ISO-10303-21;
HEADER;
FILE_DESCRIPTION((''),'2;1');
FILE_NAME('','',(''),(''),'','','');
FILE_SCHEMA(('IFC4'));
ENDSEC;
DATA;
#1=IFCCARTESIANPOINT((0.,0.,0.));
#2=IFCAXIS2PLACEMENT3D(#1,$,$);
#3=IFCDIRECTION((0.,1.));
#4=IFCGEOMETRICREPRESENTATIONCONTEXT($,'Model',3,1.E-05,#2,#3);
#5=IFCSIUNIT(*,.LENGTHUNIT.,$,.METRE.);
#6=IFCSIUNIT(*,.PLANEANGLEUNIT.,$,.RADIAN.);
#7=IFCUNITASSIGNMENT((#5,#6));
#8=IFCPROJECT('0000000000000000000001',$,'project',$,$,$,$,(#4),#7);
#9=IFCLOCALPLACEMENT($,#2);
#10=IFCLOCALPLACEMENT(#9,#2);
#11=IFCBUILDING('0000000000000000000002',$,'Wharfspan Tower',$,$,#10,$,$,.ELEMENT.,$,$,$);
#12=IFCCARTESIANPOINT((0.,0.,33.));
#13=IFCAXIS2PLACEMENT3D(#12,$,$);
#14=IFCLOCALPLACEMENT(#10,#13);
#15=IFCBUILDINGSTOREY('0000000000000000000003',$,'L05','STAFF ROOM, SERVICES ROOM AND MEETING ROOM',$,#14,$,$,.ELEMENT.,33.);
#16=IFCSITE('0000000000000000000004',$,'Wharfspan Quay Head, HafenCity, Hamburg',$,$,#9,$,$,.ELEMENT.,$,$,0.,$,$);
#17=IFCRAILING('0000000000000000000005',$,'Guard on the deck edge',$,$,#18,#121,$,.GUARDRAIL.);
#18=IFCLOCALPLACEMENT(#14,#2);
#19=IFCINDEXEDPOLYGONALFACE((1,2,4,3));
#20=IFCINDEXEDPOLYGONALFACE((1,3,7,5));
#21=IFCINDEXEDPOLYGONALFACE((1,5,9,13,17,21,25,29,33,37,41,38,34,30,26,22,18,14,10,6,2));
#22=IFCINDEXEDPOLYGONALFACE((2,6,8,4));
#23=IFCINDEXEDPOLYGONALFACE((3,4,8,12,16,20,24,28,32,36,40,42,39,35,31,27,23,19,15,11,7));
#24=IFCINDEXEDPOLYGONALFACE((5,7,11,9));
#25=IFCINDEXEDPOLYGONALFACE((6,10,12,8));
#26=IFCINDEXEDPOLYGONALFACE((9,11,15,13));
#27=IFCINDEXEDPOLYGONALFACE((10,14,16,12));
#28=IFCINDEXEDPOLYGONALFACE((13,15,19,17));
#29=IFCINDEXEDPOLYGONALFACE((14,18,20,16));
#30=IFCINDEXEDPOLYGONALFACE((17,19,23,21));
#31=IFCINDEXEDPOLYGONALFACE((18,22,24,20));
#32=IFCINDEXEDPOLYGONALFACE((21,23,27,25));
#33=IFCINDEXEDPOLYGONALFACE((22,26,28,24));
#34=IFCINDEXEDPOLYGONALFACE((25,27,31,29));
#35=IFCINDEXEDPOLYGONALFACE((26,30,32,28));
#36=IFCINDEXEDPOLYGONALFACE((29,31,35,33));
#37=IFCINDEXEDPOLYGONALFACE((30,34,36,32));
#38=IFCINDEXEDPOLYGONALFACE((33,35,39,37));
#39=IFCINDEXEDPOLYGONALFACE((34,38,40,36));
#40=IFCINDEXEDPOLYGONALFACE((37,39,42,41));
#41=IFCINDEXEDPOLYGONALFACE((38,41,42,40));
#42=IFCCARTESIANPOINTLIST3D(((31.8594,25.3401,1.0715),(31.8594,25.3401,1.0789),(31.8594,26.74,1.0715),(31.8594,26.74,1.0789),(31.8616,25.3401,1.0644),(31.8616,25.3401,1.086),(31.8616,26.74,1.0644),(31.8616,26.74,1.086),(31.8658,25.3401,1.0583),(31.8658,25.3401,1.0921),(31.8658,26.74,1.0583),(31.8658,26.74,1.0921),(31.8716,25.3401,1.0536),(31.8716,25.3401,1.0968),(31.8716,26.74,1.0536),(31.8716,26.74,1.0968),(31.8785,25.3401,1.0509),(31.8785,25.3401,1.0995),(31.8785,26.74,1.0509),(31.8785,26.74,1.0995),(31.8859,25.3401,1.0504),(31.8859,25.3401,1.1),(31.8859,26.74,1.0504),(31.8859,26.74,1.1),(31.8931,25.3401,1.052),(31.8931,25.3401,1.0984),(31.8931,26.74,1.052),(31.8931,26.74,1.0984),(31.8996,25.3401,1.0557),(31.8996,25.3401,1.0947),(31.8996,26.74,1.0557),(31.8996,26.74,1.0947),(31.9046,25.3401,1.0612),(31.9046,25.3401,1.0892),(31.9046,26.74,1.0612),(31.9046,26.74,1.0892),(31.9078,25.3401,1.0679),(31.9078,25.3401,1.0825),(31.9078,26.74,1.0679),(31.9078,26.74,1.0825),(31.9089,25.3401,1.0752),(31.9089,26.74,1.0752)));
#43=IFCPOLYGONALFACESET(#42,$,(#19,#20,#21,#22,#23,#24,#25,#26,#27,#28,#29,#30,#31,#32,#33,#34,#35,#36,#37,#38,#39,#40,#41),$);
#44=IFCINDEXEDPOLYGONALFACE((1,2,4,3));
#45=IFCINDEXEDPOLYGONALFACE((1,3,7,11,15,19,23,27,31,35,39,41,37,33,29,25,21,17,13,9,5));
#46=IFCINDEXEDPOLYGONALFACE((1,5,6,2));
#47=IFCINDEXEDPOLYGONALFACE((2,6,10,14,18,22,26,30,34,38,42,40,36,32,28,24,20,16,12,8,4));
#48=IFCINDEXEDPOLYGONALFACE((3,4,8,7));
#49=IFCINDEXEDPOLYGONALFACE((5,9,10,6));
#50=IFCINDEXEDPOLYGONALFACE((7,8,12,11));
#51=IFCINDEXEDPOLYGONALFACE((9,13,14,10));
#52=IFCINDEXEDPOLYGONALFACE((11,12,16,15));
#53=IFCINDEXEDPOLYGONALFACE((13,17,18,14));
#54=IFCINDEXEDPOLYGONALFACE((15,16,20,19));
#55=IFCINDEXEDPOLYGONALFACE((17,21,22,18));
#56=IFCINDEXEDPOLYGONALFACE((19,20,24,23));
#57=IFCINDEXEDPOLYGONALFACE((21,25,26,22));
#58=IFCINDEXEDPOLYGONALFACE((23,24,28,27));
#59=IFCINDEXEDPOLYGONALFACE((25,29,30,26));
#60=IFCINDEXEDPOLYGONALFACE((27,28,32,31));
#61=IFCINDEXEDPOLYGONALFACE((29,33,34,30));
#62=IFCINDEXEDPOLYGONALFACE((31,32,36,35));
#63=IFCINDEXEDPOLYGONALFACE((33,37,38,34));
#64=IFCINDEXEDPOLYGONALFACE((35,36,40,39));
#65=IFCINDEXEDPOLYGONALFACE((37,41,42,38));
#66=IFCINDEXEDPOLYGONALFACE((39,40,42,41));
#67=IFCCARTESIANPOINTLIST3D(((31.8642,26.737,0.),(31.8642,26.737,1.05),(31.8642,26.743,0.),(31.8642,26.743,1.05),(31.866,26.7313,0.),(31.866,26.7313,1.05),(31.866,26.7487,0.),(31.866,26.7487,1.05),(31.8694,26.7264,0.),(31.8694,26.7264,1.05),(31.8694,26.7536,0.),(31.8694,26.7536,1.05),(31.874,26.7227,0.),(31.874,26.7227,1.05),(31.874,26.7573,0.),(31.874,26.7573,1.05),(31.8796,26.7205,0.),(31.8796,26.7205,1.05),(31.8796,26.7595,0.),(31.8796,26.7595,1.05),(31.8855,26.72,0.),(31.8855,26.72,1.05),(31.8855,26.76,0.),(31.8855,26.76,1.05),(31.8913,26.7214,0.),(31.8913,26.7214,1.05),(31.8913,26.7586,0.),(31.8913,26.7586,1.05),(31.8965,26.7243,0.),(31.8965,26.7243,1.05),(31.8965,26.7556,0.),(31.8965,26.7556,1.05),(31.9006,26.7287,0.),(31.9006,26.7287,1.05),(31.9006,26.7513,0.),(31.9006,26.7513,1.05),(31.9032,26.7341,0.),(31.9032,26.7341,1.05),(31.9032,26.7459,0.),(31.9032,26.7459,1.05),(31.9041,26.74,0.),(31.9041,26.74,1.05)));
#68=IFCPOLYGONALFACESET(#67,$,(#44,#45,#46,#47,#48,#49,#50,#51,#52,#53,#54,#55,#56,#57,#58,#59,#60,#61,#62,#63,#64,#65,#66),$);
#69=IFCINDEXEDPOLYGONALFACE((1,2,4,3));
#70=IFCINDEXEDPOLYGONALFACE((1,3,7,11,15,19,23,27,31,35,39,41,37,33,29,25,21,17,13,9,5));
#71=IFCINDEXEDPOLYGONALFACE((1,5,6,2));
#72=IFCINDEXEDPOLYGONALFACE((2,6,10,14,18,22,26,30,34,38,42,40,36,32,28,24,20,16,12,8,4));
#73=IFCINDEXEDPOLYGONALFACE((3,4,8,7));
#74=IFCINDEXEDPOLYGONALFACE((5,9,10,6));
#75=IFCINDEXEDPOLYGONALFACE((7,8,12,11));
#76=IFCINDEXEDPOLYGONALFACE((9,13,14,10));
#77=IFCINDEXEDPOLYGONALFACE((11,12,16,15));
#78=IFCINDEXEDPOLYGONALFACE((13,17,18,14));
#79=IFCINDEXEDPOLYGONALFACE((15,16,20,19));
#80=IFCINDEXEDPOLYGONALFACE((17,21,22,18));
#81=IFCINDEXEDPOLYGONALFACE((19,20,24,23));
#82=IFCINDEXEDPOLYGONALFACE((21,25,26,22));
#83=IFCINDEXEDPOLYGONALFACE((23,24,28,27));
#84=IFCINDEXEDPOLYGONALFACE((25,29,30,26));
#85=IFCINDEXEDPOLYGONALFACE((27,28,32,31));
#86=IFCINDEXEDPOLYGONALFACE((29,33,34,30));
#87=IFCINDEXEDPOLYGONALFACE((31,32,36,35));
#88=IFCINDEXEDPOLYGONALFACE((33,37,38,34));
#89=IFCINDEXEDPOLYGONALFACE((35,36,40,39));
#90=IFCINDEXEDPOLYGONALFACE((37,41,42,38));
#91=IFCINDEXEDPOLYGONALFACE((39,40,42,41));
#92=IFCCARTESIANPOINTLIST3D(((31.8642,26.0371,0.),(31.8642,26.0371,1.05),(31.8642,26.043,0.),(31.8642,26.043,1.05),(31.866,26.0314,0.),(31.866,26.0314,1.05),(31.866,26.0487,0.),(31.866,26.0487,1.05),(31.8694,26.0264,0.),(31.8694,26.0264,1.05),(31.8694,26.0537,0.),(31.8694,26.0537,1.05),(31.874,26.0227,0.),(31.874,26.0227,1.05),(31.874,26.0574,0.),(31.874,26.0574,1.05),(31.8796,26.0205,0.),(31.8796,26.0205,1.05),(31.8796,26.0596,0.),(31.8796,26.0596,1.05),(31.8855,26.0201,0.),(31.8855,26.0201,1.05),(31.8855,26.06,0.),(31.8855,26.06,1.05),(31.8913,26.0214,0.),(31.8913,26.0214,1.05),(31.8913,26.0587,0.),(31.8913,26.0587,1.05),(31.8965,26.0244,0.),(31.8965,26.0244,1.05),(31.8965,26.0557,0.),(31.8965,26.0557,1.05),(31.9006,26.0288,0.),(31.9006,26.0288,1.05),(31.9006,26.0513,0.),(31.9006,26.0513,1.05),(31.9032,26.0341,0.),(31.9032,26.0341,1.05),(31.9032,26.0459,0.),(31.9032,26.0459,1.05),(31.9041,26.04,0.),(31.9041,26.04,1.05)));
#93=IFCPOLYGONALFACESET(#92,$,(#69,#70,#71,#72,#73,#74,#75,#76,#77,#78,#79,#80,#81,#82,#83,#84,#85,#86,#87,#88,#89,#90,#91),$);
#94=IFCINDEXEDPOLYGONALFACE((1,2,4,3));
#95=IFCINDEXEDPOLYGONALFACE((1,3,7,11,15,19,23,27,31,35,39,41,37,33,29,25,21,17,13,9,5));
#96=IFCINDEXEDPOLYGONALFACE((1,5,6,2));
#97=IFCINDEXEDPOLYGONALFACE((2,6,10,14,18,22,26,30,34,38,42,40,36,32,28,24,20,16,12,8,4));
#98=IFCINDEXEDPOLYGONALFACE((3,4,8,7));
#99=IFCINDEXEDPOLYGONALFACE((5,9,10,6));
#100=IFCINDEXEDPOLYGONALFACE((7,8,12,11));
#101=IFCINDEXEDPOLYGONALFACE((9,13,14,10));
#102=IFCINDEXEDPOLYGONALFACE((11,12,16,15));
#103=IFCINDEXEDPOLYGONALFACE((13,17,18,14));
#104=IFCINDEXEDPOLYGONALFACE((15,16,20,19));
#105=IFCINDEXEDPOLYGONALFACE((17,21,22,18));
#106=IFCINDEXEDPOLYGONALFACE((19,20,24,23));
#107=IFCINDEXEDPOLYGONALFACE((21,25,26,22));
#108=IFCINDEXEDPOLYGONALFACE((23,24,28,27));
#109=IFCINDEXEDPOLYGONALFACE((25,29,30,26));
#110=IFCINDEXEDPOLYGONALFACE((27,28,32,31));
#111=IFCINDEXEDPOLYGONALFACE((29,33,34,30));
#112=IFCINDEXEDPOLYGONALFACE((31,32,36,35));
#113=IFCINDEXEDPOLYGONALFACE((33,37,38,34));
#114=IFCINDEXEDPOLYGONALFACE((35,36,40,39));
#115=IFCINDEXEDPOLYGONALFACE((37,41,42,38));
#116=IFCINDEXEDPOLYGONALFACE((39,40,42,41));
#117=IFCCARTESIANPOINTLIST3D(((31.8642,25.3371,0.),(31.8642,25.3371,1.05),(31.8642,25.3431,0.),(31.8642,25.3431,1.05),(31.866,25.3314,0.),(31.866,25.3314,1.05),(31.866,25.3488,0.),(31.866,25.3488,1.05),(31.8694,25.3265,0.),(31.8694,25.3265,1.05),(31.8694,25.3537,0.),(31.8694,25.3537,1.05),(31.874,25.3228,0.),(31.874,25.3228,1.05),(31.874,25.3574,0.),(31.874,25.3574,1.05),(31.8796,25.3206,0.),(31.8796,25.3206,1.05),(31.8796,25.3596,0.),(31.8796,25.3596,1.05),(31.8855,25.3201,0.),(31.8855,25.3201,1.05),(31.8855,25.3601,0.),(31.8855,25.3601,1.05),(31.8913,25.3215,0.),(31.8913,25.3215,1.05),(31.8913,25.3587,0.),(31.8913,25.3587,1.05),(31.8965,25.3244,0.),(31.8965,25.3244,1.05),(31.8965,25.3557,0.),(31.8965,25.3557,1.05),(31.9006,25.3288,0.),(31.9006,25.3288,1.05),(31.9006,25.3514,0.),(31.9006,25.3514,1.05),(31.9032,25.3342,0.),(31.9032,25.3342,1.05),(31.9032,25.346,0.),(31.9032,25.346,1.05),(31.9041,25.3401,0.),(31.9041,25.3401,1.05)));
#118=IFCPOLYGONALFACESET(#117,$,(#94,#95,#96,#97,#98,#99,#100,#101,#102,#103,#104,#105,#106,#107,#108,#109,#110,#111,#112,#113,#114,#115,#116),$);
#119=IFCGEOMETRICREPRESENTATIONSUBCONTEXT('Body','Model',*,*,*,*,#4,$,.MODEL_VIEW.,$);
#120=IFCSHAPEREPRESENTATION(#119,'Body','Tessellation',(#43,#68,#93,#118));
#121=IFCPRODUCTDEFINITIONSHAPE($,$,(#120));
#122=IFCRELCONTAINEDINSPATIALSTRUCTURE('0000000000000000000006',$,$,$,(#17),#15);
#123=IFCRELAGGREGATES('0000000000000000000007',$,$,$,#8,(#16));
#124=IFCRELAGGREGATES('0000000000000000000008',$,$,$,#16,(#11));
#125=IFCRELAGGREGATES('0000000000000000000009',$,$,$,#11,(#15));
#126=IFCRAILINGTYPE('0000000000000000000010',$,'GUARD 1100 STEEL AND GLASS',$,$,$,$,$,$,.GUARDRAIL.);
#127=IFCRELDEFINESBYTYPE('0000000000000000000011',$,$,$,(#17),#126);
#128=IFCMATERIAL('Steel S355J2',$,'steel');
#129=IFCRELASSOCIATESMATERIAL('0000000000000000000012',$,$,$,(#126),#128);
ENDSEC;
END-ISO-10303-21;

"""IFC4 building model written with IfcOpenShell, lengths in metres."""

from ifc_helpers import new_model, si_unit, direction, frame, origin, origin_2d, place, context, subcontext, project, spatial, circle, extrude, material, type_object, element, save


model = new_model("IFC4")

# Units and contexts
model_context = context("Model", 3, precision=1e-05, world=origin(), true_north=direction((0.0, 1.0)))
body_context = subcontext(model_context, "Body", "Model", "MODEL_VIEW")
ifc_project = project(units=[si_unit("LENGTHUNIT", "METRE"), si_unit("PLANEANGLEUNIT", "RADIAN")], contexts=[model_context])

# Site, building, storey
site_placement = place(None, origin())
site = spatial("IfcSite", under=ifc_project, at=site_placement, Name="Wharfspan Quay Head, HafenCity, Hamburg", CompositionType="ELEMENT", RefElevation=0.0)
building_placement = place(site_placement, origin())
building = spatial("IfcBuilding", under=site, at=building_placement, Name="Wharfspan Tower", CompositionType="ELEMENT")
storey_placement = place(building_placement, frame((0.0, 0.0, 33.0)))
storey = spatial("IfcBuildingStorey", under=building, at=storey_placement, Name="L05", Description="STAFF ROOM, SERVICES ROOM AND MEETING ROOM", CompositionType="ELEMENT", Elevation=33.0)

# Railing
ifc_material_1 = material(Name="Steel S355J2", Category="steel")
railing_type = type_object("IfcRailingType", Name="GUARD 1100 STEEL AND GLASS", PredefinedType="GUARDRAIL", material=ifc_material_1)
railing_1_placement = place(storey_placement, frame((31.884, 26.74, 0.0)))
element("IfcRailing", 1, at=railing_1_placement, inside=storey, type_object=railing_type, Name="Guard on the deck edge", PredefinedType="GUARDRAIL", context=body_context, shape_type="SweptSolid", body=[
    extrude(circle(Radius=0.0249, at=origin_2d()), frame((0.0, 0.0, 1.0752), z_axis=(0.0, -1.0, 0.0), x_axis=(1.0, 0.0, 0.0)), (0.0, 0.0, 1.0), 1.3999),
    extrude(circle(Radius=0.02, at=origin_2d()), origin(), (0.0, 0.0, 1.0), 1.05),
    extrude(circle(Radius=0.02, at=origin_2d()), frame((0.0, -0.7, 0.0)), (0.0, 0.0, 1.0), 1.05),
    extrude(circle(Radius=0.02, at=origin_2d()), frame((0.0, -1.3999, 0.0)), (0.0, 0.0, 1.0), 1.05),
])

save(model, "model.ifc")
